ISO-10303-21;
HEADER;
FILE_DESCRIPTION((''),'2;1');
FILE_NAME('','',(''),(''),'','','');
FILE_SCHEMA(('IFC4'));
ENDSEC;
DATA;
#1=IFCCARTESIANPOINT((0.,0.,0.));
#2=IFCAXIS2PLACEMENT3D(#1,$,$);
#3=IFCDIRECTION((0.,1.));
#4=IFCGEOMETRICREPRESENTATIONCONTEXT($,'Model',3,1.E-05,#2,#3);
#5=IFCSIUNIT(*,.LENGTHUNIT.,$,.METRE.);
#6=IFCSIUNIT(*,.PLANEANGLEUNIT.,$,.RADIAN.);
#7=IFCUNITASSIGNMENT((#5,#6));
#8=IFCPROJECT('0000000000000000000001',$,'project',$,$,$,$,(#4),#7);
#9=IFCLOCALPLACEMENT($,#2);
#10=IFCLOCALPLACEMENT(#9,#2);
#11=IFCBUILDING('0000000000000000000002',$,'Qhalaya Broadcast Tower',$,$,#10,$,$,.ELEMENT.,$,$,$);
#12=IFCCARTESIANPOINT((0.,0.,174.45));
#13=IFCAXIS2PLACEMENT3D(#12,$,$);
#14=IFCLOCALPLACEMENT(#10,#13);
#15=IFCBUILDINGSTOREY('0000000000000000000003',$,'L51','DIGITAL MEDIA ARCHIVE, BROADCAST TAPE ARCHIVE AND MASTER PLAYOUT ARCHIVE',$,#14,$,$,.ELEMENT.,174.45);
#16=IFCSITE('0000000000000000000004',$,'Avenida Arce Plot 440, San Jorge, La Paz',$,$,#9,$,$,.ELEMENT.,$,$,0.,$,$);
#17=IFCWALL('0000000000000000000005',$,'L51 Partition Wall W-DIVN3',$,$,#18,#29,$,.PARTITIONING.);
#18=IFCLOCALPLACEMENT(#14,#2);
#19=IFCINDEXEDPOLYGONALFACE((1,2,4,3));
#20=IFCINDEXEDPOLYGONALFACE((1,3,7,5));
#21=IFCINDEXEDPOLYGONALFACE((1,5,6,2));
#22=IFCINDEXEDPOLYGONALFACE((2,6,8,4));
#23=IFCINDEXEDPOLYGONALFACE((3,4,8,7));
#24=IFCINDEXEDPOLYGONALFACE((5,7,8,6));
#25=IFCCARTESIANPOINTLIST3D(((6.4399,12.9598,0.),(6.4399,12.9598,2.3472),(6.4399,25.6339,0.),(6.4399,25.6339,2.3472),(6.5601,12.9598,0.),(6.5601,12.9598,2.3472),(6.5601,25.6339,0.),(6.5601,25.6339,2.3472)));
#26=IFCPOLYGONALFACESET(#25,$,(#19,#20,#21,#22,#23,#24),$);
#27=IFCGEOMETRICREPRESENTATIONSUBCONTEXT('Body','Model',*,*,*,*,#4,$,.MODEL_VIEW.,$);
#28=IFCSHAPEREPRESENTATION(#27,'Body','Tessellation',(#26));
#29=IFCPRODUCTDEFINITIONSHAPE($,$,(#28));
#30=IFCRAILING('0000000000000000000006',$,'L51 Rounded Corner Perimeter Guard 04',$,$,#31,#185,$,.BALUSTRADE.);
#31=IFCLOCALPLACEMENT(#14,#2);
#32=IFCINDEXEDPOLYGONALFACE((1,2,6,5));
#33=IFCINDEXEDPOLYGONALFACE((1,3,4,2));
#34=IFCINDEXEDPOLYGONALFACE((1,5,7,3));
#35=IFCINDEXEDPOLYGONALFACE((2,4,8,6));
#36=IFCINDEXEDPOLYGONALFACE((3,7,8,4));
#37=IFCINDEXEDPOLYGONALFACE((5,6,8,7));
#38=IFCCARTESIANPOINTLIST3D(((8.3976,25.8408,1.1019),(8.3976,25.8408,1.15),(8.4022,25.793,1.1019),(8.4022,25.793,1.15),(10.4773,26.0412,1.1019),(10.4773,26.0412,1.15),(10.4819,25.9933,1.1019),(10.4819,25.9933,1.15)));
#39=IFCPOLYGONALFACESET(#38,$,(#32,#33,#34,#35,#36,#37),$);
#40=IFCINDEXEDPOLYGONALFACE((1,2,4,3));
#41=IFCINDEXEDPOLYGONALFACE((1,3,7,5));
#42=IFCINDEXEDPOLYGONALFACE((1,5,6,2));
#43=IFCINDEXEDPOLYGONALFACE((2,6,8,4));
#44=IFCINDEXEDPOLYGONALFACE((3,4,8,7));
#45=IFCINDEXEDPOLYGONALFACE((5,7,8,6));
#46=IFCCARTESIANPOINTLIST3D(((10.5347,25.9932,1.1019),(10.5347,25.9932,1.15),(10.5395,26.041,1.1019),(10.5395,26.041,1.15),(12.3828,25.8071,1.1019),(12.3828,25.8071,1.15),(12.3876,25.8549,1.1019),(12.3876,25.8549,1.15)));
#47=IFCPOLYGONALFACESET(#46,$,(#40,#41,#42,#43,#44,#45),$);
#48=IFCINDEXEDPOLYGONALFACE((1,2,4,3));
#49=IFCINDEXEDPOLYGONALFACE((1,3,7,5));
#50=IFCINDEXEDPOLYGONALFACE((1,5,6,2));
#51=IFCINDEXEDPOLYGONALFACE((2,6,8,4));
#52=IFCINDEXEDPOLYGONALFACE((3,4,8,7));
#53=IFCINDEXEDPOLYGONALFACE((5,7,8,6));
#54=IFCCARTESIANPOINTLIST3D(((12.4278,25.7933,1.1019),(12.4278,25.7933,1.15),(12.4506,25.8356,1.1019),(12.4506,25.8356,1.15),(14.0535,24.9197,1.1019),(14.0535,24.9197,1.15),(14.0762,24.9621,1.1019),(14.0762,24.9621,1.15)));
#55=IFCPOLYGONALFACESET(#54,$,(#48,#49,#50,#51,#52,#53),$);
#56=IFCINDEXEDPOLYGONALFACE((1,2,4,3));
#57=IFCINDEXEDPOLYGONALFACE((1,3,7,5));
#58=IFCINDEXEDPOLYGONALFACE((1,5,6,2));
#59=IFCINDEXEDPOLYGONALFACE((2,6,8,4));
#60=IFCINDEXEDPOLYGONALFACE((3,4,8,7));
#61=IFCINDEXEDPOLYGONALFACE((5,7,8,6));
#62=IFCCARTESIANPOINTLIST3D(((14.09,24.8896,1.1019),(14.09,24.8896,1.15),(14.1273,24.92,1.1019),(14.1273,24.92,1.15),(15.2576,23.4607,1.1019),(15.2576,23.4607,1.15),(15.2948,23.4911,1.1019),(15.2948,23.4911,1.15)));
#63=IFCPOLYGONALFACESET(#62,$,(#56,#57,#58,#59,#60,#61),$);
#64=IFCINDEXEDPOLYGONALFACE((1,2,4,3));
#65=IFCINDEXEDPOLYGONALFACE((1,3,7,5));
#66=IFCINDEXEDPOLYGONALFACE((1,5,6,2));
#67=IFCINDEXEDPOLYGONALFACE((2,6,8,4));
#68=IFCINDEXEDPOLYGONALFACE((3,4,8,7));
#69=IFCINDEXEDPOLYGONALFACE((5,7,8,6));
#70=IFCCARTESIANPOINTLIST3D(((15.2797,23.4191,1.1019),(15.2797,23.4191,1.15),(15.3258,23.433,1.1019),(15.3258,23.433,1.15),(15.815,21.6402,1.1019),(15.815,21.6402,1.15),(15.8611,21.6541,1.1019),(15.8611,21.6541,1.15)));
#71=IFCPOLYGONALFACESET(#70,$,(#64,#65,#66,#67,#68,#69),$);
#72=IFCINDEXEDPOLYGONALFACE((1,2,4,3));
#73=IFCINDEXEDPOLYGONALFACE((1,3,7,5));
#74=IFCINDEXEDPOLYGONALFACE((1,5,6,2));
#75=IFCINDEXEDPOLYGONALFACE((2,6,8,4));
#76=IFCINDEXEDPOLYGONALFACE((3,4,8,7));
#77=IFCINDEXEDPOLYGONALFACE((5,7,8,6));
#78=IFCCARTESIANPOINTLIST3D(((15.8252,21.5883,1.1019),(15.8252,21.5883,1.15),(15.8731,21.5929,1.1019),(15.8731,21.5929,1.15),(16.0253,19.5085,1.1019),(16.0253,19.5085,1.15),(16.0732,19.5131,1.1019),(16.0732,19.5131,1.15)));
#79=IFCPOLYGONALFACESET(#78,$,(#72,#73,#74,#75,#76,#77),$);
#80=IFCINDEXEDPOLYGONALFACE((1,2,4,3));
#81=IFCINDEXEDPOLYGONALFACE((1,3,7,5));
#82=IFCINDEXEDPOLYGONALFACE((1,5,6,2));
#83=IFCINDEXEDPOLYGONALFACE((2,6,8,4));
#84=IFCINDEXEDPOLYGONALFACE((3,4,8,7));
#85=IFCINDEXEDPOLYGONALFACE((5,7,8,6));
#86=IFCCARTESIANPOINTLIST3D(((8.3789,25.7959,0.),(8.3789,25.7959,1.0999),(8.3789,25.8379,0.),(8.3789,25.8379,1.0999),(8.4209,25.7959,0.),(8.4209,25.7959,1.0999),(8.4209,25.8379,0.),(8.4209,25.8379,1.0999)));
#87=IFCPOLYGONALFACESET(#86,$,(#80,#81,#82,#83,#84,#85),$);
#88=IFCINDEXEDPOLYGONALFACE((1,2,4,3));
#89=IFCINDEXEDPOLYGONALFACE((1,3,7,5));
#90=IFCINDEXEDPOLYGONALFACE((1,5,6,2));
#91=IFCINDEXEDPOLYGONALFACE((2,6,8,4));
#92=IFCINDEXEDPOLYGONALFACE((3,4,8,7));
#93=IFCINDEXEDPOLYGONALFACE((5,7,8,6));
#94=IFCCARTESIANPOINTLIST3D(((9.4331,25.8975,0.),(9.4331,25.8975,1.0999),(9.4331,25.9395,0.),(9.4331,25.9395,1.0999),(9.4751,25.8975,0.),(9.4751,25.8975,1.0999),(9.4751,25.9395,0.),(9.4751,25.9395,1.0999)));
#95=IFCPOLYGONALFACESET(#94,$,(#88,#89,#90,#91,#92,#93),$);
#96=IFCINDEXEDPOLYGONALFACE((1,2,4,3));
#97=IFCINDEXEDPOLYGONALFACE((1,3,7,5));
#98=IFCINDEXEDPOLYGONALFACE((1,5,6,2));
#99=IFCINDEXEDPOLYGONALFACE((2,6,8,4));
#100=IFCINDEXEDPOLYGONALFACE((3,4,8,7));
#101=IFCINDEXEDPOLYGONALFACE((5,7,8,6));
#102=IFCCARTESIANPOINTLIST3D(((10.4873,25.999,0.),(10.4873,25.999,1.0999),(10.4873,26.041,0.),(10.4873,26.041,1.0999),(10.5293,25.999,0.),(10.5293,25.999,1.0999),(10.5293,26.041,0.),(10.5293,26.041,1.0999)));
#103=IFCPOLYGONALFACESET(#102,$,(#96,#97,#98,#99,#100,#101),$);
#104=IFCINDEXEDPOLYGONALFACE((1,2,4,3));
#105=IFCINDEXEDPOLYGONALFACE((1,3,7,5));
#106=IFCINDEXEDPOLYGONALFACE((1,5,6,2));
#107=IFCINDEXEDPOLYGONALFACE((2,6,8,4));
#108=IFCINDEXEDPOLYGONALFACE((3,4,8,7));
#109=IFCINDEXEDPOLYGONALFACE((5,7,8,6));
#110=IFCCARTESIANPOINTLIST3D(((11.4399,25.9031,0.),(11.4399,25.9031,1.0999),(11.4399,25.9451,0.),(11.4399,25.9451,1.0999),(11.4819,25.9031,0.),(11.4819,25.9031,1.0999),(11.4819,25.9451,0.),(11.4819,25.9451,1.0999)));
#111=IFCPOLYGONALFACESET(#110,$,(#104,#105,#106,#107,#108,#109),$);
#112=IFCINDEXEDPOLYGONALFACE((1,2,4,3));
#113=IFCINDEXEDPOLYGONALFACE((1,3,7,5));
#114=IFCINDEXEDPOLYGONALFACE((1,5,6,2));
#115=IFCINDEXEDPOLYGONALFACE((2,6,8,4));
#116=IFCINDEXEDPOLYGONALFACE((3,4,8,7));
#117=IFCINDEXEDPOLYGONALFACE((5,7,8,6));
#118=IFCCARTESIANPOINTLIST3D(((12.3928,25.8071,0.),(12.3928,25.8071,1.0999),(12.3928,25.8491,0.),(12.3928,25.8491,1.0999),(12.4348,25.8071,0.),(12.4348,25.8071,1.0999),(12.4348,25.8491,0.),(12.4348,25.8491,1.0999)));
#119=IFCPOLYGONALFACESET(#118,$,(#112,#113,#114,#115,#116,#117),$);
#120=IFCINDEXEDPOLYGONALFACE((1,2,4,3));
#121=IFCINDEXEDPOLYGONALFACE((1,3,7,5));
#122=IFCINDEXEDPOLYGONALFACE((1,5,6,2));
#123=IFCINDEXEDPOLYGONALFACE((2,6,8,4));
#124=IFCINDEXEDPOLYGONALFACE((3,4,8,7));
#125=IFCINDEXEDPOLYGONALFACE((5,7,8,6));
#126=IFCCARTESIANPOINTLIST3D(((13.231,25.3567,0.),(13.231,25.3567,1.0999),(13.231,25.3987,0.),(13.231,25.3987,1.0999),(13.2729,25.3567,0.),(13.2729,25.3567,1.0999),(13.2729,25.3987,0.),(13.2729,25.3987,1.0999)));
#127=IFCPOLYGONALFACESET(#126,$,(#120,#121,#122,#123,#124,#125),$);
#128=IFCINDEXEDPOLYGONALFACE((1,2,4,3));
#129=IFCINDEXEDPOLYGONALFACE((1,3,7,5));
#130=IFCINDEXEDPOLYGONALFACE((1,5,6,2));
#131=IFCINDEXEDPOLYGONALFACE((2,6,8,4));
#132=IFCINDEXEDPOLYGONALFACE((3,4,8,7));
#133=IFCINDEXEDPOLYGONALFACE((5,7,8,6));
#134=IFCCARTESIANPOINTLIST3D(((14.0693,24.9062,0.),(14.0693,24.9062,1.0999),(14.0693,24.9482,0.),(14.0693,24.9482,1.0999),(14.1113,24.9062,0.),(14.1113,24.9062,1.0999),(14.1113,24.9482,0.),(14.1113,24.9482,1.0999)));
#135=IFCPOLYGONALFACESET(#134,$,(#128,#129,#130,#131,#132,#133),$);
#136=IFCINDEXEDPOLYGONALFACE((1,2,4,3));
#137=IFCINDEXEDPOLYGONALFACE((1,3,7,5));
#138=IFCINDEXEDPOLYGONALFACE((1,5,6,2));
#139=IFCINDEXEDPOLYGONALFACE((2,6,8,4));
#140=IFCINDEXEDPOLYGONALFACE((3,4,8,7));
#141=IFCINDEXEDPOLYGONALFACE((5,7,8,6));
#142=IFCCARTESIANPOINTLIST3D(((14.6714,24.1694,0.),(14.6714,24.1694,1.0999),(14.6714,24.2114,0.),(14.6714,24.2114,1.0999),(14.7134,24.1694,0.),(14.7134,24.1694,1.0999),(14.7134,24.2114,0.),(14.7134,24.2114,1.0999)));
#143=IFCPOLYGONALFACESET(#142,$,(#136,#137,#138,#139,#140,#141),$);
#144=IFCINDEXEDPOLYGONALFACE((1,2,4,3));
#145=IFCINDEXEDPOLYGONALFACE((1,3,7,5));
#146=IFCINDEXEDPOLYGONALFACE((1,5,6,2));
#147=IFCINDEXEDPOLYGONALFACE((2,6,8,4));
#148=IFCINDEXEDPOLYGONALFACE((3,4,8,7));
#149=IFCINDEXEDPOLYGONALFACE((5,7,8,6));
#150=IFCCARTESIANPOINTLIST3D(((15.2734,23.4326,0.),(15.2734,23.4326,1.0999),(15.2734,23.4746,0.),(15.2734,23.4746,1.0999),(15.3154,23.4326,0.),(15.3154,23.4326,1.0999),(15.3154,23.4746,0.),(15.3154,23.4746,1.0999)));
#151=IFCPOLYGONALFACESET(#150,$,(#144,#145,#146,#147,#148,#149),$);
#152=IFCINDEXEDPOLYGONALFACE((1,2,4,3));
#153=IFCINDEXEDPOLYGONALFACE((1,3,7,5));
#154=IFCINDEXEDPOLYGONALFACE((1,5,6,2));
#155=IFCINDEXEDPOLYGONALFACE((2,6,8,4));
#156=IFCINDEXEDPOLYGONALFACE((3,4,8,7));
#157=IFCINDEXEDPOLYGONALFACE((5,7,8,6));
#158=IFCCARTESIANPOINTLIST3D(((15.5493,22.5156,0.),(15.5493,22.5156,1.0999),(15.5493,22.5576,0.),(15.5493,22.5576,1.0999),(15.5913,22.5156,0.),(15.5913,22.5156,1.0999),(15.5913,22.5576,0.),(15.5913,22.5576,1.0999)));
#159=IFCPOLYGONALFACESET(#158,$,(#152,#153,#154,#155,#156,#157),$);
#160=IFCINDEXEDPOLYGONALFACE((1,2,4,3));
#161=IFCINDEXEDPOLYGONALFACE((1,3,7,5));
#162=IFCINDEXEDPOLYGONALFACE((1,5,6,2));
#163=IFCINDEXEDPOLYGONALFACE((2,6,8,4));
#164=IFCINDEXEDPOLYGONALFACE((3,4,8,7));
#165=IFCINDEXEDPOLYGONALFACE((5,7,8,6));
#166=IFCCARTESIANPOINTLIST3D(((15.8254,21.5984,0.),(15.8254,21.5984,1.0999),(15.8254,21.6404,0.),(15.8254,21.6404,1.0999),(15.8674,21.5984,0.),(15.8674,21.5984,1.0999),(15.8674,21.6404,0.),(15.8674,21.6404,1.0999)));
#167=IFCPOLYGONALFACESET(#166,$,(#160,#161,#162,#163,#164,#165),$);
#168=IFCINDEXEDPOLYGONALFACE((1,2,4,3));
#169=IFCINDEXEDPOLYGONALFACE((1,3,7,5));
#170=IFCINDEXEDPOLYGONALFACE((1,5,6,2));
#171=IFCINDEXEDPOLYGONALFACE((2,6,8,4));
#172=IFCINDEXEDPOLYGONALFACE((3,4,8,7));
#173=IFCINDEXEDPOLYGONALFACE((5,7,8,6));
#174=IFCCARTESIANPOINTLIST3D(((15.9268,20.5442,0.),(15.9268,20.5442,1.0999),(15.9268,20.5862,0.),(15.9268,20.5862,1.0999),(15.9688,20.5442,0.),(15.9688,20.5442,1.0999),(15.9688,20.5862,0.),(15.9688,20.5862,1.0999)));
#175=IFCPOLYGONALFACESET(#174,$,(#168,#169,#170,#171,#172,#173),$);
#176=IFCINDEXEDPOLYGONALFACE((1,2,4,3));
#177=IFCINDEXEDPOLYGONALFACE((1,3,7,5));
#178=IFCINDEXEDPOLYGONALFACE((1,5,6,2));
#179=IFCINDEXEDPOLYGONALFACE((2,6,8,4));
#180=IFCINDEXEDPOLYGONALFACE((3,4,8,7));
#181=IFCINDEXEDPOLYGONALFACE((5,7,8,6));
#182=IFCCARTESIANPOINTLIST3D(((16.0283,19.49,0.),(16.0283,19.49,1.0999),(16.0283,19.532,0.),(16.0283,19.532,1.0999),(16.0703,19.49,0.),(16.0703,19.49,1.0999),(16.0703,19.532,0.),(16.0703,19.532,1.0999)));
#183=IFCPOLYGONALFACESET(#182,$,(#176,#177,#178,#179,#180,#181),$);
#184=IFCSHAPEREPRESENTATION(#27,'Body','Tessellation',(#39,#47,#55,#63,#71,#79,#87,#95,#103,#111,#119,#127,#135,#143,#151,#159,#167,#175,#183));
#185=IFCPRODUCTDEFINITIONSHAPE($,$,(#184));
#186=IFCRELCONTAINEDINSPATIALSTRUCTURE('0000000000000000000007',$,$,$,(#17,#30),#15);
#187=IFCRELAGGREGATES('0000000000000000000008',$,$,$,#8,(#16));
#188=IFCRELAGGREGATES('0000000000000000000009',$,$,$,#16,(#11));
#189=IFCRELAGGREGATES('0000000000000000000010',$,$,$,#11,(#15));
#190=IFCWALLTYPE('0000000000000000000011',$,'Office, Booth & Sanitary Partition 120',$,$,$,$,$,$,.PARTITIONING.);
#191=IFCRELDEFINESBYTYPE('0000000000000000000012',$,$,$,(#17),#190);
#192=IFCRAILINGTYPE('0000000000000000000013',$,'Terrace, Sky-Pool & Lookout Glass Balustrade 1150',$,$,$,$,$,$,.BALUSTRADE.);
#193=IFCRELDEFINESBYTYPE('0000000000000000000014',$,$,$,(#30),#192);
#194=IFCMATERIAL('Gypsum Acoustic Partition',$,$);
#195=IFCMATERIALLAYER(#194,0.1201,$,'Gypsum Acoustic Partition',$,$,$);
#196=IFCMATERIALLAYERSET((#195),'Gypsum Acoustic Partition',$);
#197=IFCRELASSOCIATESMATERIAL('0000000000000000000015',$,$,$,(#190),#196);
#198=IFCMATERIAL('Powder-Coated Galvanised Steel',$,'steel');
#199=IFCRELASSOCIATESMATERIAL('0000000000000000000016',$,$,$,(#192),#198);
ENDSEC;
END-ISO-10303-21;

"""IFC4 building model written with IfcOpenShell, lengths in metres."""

from ifc_helpers import new_model, si_unit, direction, frame, frame_2d, origin, origin_2d, place, context, subcontext, project, spatial, rectangle, extrude, material, layer, layer_set, type_object, element, save


model = new_model("IFC4")

# Units and contexts
model_context = context("Model", 3, precision=1e-05, world=origin(), true_north=direction((0.0, 1.0)))
body_context = subcontext(model_context, "Body", "Model", "MODEL_VIEW")
ifc_project = project(units=[si_unit("LENGTHUNIT", "METRE"), si_unit("PLANEANGLEUNIT", "RADIAN")], contexts=[model_context])

# Site, building, storey
site_placement = place(None, origin())
site = spatial("IfcSite", under=ifc_project, at=site_placement, Name="Avenida Arce Plot 440, San Jorge, La Paz", CompositionType="ELEMENT", RefElevation=0.0)
building_placement = place(site_placement, origin())
building = spatial("IfcBuilding", under=site, at=building_placement, Name="Qhalaya Broadcast Tower", CompositionType="ELEMENT")
storey_placement = place(building_placement, frame((0.0, 0.0, 174.45)))
storey = spatial("IfcBuildingStorey", under=building, at=storey_placement, Name="L51", Description="DIGITAL MEDIA ARCHIVE, BROADCAST TAPE ARCHIVE AND MASTER PLAYOUT ARCHIVE", CompositionType="ELEMENT", Elevation=174.45)

# Shared definitions
ifc_material_1 = material(Name="Gypsum Acoustic Partition")

# Wall
ifc_layer_1 = layer(ifc_material_1, 0.1201, Name="Gypsum Acoustic Partition")
ifc_layer_set_1 = layer_set([ifc_layer_1], Name="Gypsum Acoustic Partition")
wall_type_1 = type_object("IfcWallType", Name="Office, Booth & Sanitary Partition 120", PredefinedType="PARTITIONING", material=ifc_layer_set_1)
wall_1_placement = place(storey_placement, frame((6.5, 12.96, 0.0), z_axis=(0.0, 0.0, 1.0), x_axis=(0.0, 1.0, 0.0)))
element("IfcWall", 1, at=wall_1_placement, inside=storey, type_object=wall_type_1, Name="L51 Partition Wall W-DIVN3", PredefinedType="PARTITIONING", context=body_context, shape_type="SweptSolid", body=[
    extrude(rectangle(XDim=12.6741, YDim=0.1201, at=frame_2d((6.3369, 0.0))), origin(), (0.0, 0.0, 1.0), 2.3472),
])

# Railing
ifc_material_2 = material(Name="Powder-Coated Galvanised Steel", Category="steel")
railing_type = type_object("IfcRailingType", Name="Terrace, Sky-Pool & Lookout Glass Balustrade 1150", PredefinedType="BALUSTRADE", material=ifc_material_2)
railing_placement = place(storey_placement, frame((8.3999, 25.8169, 0.0)))
element("IfcRailing", 2, at=railing_placement, inside=storey, type_object=railing_type, Name="L51 Rounded Corner Perimeter Guard 04", PredefinedType="BALUSTRADE", context=body_context, shape_type="SweptSolid", body=[
    extrude(rectangle(XDim=0.0481, YDim=0.0481, at=origin_2d()), frame((0.0, 0.0, 1.126), z_axis=(0.995391, 0.095897, 0.0), x_axis=(-0.095897, 0.995391, 0.0)), (0.0, 0.0, 1.0), 2.0894),
    extrude(rectangle(XDim=0.0481, YDim=0.0481, at=origin_2d()), frame((2.1372, 0.2002, 1.126), z_axis=(0.994968, -0.100198, 0.0), x_axis=(0.100198, 0.994968, 0.0)), (0.0, 0.0, 1.0), 1.8574),
    extrude(rectangle(XDim=0.0481, YDim=0.0481, at=origin_2d()), frame((4.0393, -0.0024, 1.126), z_axis=(0.880879, -0.473342, 0.0), x_axis=(0.473342, 0.880879, 0.0)), (0.0, 0.0, 1.0), 1.8455),
    extrude(rectangle(XDim=0.0481, YDim=0.0481, at=origin_2d()), frame((5.7087, -0.9121, 1.126), z_axis=(0.632735, -0.774369, 0.0), x_axis=(0.774369, 0.632735, 0.0)), (0.0, 0.0, 1.0), 1.8452),
    extrude(rectangle(XDim=0.0481, YDim=0.0481, at=origin_2d()), frame((6.9028, -2.3909, 1.126), z_axis=(0.288178, -0.957577, 0.0), x_axis=(0.957577, 0.288178, 0.0)), (0.0, 0.0, 1.0), 1.8577),
    extrude(rectangle(XDim=0.0481, YDim=0.0481, at=origin_2d()), frame((7.4492, -4.2263, 1.126), z_axis=(0.095783, -0.995402, 0.0), x_axis=(0.995402, 0.095783, 0.0)), (0.0, 0.0, 1.0), 2.0894),
    extrude(rectangle(XDim=0.042, YDim=0.042, at=origin_2d()), origin(), (0.0, 0.0, 1.0), 1.0999),
    extrude(rectangle(XDim=0.042, YDim=0.042, at=origin_2d()), frame((1.0542, 0.1016, 0.0)), (0.0, 0.0, 1.0), 1.0999),
    extrude(rectangle(XDim=0.042, YDim=0.042, at=origin_2d()), frame((2.1084, 0.2031, 0.0)), (0.0, 0.0, 1.0), 1.0999),
    extrude(rectangle(XDim=0.042, YDim=0.042, at=origin_2d()), frame((3.061, 0.1072, 0.0)), (0.0, 0.0, 1.0), 1.0999),
    extrude(rectangle(XDim=0.042, YDim=0.042, at=origin_2d()), frame((4.0139, 0.0112, 0.0)), (0.0, 0.0, 1.0), 1.0999),
    extrude(rectangle(XDim=0.042, YDim=0.042, at=origin_2d()), frame((4.8521, -0.4392, 0.0)), (0.0, 0.0, 1.0), 1.0999),
    extrude(rectangle(XDim=0.042, YDim=0.042, at=origin_2d()), frame((5.6904, -0.8896, 0.0)), (0.0, 0.0, 1.0), 1.0999),
    extrude(rectangle(XDim=0.042, YDim=0.042, at=origin_2d()), frame((6.2925, -1.6265, 0.0)), (0.0, 0.0, 1.0), 1.0999),
    extrude(rectangle(XDim=0.042, YDim=0.042, at=origin_2d()), frame((6.8945, -2.3633, 0.0)), (0.0, 0.0, 1.0), 1.0999),
    extrude(rectangle(XDim=0.042, YDim=0.042, at=origin_2d()), frame((7.1704, -3.2803, 0.0)), (0.0, 0.0, 1.0), 1.0999),
    extrude(rectangle(XDim=0.042, YDim=0.042, at=origin_2d()), frame((7.4465, -4.1975, 0.0)), (0.0, 0.0, 1.0), 1.0999),
    extrude(rectangle(XDim=0.042, YDim=0.042, at=origin_2d()), frame((7.5479, -5.2517, 0.0)), (0.0, 0.0, 1.0), 1.0999),
    extrude(rectangle(XDim=0.042, YDim=0.042, at=origin_2d()), frame((7.6494, -6.3059, 0.0)), (0.0, 0.0, 1.0), 1.0999),
])

save(model, "model.ifc")
